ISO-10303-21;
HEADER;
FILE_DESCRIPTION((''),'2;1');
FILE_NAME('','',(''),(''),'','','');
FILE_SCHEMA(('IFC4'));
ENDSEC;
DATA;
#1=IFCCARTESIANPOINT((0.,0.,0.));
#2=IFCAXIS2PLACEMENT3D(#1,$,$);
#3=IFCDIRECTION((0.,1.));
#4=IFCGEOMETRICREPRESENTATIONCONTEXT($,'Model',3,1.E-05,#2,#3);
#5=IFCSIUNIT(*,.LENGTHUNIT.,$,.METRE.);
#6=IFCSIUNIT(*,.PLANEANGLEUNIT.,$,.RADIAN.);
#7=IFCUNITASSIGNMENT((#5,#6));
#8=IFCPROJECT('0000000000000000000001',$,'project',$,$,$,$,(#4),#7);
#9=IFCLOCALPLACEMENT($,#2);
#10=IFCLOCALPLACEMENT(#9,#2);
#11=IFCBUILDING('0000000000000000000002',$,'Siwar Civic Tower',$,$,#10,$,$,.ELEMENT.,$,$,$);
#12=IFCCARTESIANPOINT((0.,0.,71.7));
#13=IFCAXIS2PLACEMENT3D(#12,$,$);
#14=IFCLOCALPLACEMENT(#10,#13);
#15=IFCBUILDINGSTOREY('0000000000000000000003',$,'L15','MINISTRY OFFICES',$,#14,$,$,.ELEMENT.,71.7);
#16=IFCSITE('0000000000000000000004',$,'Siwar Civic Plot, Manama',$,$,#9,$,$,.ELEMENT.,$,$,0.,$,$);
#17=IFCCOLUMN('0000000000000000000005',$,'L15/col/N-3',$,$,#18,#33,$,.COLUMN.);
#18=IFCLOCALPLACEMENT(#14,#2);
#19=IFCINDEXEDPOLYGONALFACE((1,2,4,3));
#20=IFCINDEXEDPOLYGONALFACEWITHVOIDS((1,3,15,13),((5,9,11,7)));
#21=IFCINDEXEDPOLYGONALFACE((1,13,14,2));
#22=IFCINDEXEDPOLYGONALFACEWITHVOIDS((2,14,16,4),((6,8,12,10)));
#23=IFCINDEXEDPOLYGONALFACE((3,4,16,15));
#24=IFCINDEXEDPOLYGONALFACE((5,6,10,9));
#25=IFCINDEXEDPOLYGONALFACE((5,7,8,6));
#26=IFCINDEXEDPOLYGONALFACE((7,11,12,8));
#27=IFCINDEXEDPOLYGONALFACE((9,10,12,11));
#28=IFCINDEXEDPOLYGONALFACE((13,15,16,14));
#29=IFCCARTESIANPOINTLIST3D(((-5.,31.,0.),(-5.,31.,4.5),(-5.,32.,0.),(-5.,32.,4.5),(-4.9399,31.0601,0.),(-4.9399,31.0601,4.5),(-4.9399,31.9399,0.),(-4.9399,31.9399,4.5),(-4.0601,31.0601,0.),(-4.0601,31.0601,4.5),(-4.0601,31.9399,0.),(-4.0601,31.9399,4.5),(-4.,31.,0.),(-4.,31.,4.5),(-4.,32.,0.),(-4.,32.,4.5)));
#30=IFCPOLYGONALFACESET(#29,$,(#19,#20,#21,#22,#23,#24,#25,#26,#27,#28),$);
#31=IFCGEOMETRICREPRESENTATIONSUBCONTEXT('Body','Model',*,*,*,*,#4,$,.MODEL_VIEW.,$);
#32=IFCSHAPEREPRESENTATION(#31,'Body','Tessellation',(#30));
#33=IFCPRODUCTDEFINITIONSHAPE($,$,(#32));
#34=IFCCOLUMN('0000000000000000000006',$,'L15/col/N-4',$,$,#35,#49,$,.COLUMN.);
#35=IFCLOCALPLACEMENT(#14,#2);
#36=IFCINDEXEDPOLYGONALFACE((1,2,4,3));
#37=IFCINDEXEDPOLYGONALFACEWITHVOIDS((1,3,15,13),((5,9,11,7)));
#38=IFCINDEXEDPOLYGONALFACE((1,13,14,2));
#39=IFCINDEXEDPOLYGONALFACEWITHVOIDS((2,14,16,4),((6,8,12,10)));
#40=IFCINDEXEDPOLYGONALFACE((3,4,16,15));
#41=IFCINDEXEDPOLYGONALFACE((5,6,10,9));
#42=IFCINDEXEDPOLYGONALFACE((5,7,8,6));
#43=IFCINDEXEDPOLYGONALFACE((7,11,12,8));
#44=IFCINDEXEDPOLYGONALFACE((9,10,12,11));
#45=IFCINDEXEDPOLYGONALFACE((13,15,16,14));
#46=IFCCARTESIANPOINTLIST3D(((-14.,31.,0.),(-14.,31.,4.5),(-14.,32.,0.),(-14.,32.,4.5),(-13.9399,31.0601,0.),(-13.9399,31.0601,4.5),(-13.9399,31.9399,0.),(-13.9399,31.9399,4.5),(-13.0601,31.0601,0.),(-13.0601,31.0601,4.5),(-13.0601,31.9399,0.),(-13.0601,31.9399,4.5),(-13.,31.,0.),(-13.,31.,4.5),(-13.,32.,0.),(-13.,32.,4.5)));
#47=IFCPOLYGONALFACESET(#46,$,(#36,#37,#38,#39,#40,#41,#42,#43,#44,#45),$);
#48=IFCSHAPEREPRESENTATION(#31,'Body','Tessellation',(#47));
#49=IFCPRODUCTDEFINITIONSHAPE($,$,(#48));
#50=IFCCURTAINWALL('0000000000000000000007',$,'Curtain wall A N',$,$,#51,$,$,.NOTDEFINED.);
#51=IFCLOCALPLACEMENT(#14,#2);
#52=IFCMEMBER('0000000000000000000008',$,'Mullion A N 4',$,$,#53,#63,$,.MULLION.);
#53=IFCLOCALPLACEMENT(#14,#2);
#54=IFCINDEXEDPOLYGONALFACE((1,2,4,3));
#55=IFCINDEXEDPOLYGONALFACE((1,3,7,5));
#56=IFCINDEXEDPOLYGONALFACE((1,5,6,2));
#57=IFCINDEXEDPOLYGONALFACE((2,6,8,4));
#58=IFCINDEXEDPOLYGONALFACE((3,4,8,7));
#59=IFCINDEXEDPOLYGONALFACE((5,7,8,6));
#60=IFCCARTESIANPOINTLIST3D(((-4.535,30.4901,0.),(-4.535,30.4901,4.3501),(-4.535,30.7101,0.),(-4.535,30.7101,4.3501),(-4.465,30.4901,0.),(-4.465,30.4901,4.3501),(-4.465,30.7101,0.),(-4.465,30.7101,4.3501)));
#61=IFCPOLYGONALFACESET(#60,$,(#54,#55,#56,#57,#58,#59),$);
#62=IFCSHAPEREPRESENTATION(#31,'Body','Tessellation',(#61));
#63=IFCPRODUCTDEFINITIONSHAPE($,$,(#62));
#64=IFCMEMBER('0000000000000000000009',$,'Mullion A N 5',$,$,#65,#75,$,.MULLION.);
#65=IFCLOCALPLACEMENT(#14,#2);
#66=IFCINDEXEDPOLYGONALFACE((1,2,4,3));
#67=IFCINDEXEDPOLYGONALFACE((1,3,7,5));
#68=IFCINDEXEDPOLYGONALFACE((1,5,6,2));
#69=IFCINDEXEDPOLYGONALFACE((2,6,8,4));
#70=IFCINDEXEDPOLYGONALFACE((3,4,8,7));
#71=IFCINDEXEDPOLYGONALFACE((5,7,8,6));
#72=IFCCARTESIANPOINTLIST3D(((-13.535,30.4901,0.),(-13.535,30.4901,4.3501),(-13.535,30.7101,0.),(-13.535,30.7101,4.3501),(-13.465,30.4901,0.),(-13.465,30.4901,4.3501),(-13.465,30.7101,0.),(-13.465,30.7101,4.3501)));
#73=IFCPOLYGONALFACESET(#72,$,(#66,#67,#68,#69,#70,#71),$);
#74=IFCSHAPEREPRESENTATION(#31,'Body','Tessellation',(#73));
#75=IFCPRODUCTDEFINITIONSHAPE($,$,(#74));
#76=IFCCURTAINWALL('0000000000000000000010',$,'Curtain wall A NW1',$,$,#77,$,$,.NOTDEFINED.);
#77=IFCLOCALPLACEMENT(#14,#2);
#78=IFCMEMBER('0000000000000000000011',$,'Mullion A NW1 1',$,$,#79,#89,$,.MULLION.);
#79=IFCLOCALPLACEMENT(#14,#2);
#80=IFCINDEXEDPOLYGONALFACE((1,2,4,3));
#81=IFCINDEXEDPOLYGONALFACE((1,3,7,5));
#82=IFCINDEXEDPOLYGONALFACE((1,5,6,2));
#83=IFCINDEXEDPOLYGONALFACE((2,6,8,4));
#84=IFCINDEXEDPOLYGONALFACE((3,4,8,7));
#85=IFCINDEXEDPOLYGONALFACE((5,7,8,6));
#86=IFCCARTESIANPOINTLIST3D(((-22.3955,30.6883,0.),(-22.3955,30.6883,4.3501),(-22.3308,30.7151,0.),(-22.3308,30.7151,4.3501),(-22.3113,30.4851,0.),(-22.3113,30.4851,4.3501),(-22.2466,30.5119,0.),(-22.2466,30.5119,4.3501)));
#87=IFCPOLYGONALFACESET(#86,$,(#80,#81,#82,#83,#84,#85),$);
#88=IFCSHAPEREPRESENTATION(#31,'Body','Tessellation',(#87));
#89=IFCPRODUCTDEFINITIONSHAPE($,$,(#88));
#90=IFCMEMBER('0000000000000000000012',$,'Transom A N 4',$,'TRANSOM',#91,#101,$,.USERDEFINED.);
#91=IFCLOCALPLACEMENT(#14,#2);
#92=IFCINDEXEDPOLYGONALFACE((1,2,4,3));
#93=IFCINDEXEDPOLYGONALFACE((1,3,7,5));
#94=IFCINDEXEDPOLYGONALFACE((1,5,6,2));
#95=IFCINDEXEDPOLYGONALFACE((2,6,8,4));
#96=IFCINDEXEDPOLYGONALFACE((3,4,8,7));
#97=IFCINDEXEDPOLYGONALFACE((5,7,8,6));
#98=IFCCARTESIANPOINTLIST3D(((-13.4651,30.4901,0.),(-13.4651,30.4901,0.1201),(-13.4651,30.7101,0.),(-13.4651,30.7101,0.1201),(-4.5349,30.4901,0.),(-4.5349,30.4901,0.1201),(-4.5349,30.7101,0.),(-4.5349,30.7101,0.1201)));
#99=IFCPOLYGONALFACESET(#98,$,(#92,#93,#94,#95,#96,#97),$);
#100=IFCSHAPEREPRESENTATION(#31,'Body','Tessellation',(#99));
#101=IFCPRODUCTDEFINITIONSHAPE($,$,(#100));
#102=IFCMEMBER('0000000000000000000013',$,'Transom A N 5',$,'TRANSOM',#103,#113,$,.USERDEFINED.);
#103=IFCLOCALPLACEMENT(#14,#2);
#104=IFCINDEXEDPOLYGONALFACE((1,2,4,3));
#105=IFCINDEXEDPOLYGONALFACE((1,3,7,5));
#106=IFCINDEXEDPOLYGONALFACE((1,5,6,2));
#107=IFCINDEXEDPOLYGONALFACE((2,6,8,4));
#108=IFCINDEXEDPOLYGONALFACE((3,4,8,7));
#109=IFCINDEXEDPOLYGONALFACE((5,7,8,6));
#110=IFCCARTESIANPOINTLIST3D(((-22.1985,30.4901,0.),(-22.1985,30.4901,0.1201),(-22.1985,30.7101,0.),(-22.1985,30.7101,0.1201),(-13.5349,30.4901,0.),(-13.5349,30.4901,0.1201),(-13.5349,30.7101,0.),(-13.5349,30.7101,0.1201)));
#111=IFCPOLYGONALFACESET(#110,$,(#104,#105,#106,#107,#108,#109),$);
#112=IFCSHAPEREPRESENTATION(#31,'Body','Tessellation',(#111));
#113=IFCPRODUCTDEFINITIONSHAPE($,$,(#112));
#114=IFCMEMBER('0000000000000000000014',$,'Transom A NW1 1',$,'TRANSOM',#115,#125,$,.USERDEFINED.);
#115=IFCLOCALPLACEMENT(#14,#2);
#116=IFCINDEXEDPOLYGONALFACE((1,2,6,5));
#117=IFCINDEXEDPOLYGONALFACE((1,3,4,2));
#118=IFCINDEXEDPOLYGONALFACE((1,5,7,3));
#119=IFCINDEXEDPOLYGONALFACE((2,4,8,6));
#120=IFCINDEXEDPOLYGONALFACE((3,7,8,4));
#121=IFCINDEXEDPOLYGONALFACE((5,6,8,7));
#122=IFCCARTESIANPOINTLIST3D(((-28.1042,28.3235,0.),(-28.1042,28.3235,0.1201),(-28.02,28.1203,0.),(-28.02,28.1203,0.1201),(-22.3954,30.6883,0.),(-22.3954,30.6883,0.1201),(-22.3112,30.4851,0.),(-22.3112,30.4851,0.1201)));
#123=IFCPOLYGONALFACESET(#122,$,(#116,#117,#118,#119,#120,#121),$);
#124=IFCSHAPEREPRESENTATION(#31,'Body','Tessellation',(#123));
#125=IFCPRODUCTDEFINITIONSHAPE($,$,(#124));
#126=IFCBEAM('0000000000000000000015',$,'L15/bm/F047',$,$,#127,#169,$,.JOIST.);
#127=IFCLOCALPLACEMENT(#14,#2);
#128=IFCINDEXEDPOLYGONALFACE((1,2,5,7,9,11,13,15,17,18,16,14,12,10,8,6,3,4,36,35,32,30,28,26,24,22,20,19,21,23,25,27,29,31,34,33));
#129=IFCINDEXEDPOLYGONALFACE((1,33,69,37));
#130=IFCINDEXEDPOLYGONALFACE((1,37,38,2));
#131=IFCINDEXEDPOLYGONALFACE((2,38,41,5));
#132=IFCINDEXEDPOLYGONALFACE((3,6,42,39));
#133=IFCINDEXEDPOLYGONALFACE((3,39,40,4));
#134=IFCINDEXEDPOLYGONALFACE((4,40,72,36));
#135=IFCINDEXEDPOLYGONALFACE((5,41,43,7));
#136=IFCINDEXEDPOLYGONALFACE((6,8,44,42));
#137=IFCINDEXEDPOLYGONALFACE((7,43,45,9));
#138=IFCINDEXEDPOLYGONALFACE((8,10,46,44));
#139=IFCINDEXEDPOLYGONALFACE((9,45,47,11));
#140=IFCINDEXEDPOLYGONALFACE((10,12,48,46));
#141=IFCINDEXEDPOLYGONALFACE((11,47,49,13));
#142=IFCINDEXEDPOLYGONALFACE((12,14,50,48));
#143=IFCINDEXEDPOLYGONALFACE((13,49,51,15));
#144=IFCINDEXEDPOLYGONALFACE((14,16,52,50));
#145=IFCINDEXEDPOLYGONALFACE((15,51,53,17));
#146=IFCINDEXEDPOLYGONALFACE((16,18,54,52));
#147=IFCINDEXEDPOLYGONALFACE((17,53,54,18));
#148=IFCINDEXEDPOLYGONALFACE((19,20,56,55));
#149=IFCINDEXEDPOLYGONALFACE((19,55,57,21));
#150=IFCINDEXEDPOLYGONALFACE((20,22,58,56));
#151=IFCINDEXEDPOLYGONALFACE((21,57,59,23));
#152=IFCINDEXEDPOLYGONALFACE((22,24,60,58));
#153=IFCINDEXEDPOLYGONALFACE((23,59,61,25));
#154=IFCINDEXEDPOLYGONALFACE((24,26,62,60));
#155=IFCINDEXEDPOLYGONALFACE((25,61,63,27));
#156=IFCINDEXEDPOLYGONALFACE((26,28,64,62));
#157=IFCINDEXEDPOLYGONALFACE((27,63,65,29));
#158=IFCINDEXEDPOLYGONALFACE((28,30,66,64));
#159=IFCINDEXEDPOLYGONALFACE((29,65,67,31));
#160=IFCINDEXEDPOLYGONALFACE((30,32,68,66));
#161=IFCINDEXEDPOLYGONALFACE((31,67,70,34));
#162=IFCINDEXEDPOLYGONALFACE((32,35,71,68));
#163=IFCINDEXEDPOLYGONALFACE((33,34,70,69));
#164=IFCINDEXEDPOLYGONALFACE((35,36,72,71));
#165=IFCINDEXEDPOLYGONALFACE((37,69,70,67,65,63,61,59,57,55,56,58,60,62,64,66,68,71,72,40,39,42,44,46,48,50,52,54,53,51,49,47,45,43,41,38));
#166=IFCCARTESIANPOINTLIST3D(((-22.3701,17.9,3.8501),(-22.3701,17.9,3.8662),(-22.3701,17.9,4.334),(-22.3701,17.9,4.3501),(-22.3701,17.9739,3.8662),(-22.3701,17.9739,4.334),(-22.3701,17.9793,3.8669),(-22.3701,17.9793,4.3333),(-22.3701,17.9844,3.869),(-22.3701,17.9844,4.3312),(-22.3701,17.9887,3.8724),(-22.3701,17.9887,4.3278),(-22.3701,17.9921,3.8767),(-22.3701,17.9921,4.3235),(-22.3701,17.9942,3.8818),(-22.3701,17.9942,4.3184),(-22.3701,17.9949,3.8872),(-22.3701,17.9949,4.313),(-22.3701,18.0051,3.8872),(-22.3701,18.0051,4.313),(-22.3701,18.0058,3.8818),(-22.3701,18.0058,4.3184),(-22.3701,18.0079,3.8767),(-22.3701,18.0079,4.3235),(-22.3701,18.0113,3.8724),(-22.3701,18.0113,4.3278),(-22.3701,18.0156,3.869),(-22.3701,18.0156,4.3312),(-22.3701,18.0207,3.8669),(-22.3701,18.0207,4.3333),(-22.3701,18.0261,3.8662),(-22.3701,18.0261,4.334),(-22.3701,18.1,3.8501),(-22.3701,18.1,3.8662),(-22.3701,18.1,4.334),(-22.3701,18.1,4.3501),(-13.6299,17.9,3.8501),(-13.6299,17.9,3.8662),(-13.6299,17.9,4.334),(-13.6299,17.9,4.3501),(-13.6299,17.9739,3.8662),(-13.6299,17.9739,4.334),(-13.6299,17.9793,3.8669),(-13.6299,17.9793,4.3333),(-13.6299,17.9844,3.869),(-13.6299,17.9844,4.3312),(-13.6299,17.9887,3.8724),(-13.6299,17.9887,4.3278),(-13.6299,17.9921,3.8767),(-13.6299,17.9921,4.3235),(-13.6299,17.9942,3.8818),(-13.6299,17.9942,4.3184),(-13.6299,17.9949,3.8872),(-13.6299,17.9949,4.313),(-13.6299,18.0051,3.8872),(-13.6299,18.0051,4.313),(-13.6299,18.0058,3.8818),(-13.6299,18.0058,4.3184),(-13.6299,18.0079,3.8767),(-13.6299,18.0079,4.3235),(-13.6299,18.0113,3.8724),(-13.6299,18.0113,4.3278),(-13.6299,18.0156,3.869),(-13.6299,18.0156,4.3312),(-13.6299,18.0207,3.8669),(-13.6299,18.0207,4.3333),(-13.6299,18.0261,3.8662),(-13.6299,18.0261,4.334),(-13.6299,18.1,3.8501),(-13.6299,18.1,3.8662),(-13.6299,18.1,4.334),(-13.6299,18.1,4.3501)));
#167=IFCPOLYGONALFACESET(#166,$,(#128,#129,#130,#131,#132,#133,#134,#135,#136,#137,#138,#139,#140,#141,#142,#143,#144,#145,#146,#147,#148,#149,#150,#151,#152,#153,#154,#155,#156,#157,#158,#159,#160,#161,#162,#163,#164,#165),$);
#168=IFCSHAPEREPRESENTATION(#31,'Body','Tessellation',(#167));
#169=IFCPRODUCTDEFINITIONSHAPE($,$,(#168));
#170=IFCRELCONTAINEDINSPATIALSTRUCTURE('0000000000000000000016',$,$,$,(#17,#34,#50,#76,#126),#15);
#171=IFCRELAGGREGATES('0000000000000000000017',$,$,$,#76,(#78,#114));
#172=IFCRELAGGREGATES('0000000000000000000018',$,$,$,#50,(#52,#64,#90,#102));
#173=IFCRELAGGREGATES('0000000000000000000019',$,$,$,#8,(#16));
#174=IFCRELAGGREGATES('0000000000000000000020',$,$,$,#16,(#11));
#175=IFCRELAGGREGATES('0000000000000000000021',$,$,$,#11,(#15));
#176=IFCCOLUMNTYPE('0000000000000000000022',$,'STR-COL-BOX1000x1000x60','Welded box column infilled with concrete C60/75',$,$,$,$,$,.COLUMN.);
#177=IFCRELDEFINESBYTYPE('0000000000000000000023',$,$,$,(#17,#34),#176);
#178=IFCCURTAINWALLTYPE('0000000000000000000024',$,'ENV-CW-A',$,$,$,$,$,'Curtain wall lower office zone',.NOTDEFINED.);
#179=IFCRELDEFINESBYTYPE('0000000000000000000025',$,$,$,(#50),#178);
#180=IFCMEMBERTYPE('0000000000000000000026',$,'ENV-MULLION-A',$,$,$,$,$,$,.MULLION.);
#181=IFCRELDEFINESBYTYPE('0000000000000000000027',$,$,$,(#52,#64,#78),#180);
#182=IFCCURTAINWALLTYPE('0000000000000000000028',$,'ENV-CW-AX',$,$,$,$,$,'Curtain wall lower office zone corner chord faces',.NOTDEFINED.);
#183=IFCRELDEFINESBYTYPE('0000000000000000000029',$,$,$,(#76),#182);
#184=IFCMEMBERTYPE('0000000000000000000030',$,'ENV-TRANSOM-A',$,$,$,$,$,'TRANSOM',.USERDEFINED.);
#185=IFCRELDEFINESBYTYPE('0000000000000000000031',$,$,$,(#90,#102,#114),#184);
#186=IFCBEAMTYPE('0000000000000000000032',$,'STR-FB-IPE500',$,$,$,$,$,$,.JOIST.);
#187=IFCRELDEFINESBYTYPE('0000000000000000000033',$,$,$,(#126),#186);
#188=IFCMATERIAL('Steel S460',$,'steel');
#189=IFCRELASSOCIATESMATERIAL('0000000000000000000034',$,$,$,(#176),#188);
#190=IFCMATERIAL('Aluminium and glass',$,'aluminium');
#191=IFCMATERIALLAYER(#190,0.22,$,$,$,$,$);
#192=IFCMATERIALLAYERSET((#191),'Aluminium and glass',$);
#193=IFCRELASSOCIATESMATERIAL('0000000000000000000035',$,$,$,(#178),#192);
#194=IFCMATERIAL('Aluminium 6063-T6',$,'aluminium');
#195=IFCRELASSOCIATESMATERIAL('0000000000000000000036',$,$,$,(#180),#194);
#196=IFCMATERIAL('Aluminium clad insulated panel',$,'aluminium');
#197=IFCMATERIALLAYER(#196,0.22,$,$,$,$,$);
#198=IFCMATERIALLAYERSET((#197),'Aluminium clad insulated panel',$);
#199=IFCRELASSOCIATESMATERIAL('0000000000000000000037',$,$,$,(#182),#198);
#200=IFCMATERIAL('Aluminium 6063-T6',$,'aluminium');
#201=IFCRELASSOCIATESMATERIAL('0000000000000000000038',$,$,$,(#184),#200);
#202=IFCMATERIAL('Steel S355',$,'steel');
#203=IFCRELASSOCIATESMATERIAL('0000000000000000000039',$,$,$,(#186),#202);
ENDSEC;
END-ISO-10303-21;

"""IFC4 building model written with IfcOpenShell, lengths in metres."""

from ifc_helpers import new_model, si_unit, direction, frame, origin, origin_2d, place, context, subcontext, project, spatial, rectangle, hollow_rectangle, i_section, extrude, material, layer, layer_set, material_profile, profile_set, type_object, element, aggregate, save


model = new_model("IFC4")

# Units and contexts
model_context = context("Model", 3, precision=1e-05, world=origin(), true_north=direction((0.0, 1.0)))
body_context = subcontext(model_context, "Body", "Model", "MODEL_VIEW")
ifc_project = project(units=[si_unit("LENGTHUNIT", "METRE"), si_unit("PLANEANGLEUNIT", "RADIAN")], contexts=[model_context])

# Site, building, storey
site_placement = place(None, origin())
site = spatial("IfcSite", under=ifc_project, at=site_placement, Name="Siwar Civic Plot, Manama", CompositionType="ELEMENT", RefElevation=0.0)
building_placement = place(site_placement, origin())
building = spatial("IfcBuilding", under=site, at=building_placement, Name="Siwar Civic Tower", CompositionType="ELEMENT")
storey_placement = place(building_placement, frame((0.0, 0.0, 71.7)))
storey = spatial("IfcBuildingStorey", under=building, at=storey_placement, Name="L15", Description="MINISTRY OFFICES", CompositionType="ELEMENT", Elevation=71.7)

# Columns
ifc_material_1 = material(Name="Steel S460", Category="steel")
ifc_material_profile_1 = material_profile(ifc_material_1, hollow_rectangle(XDim=1.0, YDim=1.0, WallThickness=0.0601, at=origin_2d()), Name="BOX1000x1000x60")
ifc_profile_set_1 = profile_set([ifc_material_profile_1], Name="Steel S460")
column_type = type_object("IfcColumnType", Name="STR-COL-BOX1000x1000x60", Description="Welded box column infilled with concrete C60/75", PredefinedType="COLUMN", material=ifc_profile_set_1)
for number, where, z_axis, x_axis, name in (
    (1, (-4.5, 31.5, 0.0), (0.0, 0.0, 1.0), (1.0, 0.0, 0.0), "L15/col/N-3"),
    (2, (-13.5, 31.5, 0.0), (0.0, 0.0, 1.0), (1.0, 0.0, 0.0), "L15/col/N-4"),
):
    element("IfcColumn", number, at=place(storey_placement, frame(where, z_axis=z_axis, x_axis=x_axis)), inside=storey, type_object=column_type, Name=name, PredefinedType="COLUMN", context=body_context, shape_type="SweptSolid", body=[
        extrude(hollow_rectangle(XDim=1.0, YDim=1.0, WallThickness=0.0601, at=origin_2d()), origin(), (0.0, 0.0, 1.0), 4.5),
    ])

# Curtain wall, members
ifc_material_2 = material(Name="Aluminium and glass", Category="aluminium")
ifc_layer_1 = layer(ifc_material_2, 0.22)
ifc_layer_set_1 = layer_set([ifc_layer_1], Name="Aluminium and glass")
curtain_wall_type_1 = type_object("IfcCurtainWallType", Name="ENV-CW-A", ElementType="Curtain wall lower office zone", PredefinedType="NOTDEFINED", material=ifc_layer_set_1)
curtain_wall_1_placement = place(storey_placement, origin())
curtain_wall_1 = element("IfcCurtainWall", 3, at=curtain_wall_1_placement, inside=storey, type_object=curtain_wall_type_1, Name="Curtain wall A N", PredefinedType="NOTDEFINED")
ifc_material_3 = material(Name="Aluminium 6063-T6", Category="aluminium")
ifc_material_profile_2 = material_profile(ifc_material_3, rectangle(XDim=0.22, YDim=0.0701, at=origin_2d()), Name="AL 220x70")
ifc_profile_set_2 = profile_set([ifc_material_profile_2], Name="Aluminium 6063-T6")
member_type_1 = type_object("IfcMemberType", Name="ENV-MULLION-A", PredefinedType="MULLION", material=ifc_profile_set_2)
member_1_placement = place(storey_placement, frame((-4.5, 30.6001, 0.0), z_axis=(0.0, 0.0, 1.0), x_axis=(0.0, -1.0, 0.0)))
member_1 = element("IfcMember", 4, at=member_1_placement, type_object=member_type_1, Name="Mullion A N 4", PredefinedType="MULLION", context=body_context, shape_type="SweptSolid", body=[
    extrude(rectangle(XDim=0.22, YDim=0.0701, at=origin_2d()), origin(), (0.0, 0.0, 1.0), 4.3501),
])
member_2_placement = place(storey_placement, frame((-13.5, 30.6001, 0.0), z_axis=(0.0, 0.0, 1.0), x_axis=(0.0, -1.0, 0.0)))
member_2 = element("IfcMember", 5, at=member_2_placement, type_object=member_type_1, Name="Mullion A N 5", PredefinedType="MULLION", context=body_context, shape_type="SweptSolid", body=[
    extrude(rectangle(XDim=0.22, YDim=0.0701, at=origin_2d()), origin(), (0.0, 0.0, 1.0), 4.3501),
])

# Curtain wall, member
ifc_material_4 = material(Name="Aluminium clad insulated panel", Category="aluminium")
ifc_layer_2 = layer(ifc_material_4, 0.22)
ifc_layer_set_2 = layer_set([ifc_layer_2], Name="Aluminium clad insulated panel")
curtain_wall_type_2 = type_object("IfcCurtainWallType", Name="ENV-CW-AX", ElementType="Curtain wall lower office zone corner chord faces", PredefinedType="NOTDEFINED", material=ifc_layer_set_2)
curtain_wall_2_placement = place(storey_placement, origin())
curtain_wall_2 = element("IfcCurtainWall", 6, at=curtain_wall_2_placement, inside=storey, type_object=curtain_wall_type_2, Name="Curtain wall A NW1", PredefinedType="NOTDEFINED")
member_3_placement = place(storey_placement, frame((-22.321, 30.6001, 0.0), z_axis=(0.0, 0.0, 1.0), x_axis=(0.382683, -0.92388, 0.0)))
member_3 = element("IfcMember", 7, at=member_3_placement, type_object=member_type_1, Name="Mullion A NW1 1", PredefinedType="MULLION", context=body_context, shape_type="SweptSolid", body=[
    extrude(rectangle(XDim=0.22, YDim=0.0701, at=origin_2d()), origin(), (0.0, 0.0, 1.0), 4.3501),
])

# Members
ifc_material_5 = material(Name="Aluminium 6063-T6", Category="aluminium")
ifc_material_profile_3 = material_profile(ifc_material_5, rectangle(XDim=0.22, YDim=0.1201, at=origin_2d()), Name="AL 220x120")
ifc_profile_set_3 = profile_set([ifc_material_profile_3], Name="Aluminium 6063-T6")
member_type_2 = type_object("IfcMemberType", Name="ENV-TRANSOM-A", ElementType="TRANSOM", PredefinedType="USERDEFINED", material=ifc_profile_set_3)
member_4_placement = place(storey_placement, frame((-4.5349, 30.6001, 0.0601), z_axis=(-1.0, 0.0, 0.0), x_axis=(0.0, -1.0, 0.0)))
member_4 = element("IfcMember", 8, at=member_4_placement, type_object=member_type_2, Name="Transom A N 4", ObjectType="TRANSOM", PredefinedType="USERDEFINED", context=body_context, shape_type="SweptSolid", body=[
    extrude(rectangle(XDim=0.22, YDim=0.1201, at=origin_2d()), origin(), (0.0, 0.0, 1.0), 8.9302),
])
member_5_placement = place(storey_placement, frame((-13.5349, 30.6001, 0.0601), z_axis=(-1.0, 0.0, 0.0), x_axis=(0.0, -1.0, 0.0)))
member_5 = element("IfcMember", 9, at=member_5_placement, type_object=member_type_2, Name="Transom A N 5", ObjectType="TRANSOM", PredefinedType="USERDEFINED", context=body_context, shape_type="SweptSolid", body=[
    extrude(rectangle(XDim=0.22, YDim=0.1201, at=origin_2d()), origin(), (0.0, 0.0, 1.0), 8.6636),
])
member_6_placement = place(storey_placement, frame((-22.3533, 30.5867, 0.0601), z_axis=(-0.923873, -0.382698, 0.0), x_axis=(0.382698, -0.923873, 0.0)))
member_6 = element("IfcMember", 10, at=member_6_placement, type_object=member_type_2, Name="Transom A NW1 1", ObjectType="TRANSOM", PredefinedType="USERDEFINED", context=body_context, shape_type="SweptSolid", body=[
    extrude(rectangle(XDim=0.22, YDim=0.1201, at=origin_2d()), origin(), (0.0, 0.0, 1.0), 6.1792),
])
aggregate(curtain_wall_2, [member_3, member_6])

# Beam
ifc_material_6 = material(Name="Steel S355", Category="steel")
ifc_material_profile_4 = material_profile(ifc_material_6, i_section(OverallWidth=0.2, OverallDepth=0.5, WebThickness=0.0103, FlangeThickness=0.0161, FilletRadius=0.021, at=origin_2d()), Name="IPE500")
ifc_profile_set_4 = profile_set([ifc_material_profile_4], Name="Steel S355")
beam_type_1 = type_object("IfcBeamType", Name="STR-FB-IPE500", PredefinedType="JOIST", material=ifc_profile_set_4)
for number, where, z_axis, x_axis, name in (
    (11, (-22.3701, 18.0, 4.1001), (1.0, 0.0, 0.0), (0.0, 1.0, 0.0), "L15/bm/F047"),
):
    element("IfcBeam", number, at=place(storey_placement, frame(where, z_axis=z_axis, x_axis=x_axis)), inside=storey, type_object=beam_type_1, Name=name, PredefinedType="JOIST", context=body_context, shape_type="SweptSolid", body=[
        extrude(i_section(OverallWidth=0.2, OverallDepth=0.5, WebThickness=0.0103, FlangeThickness=0.0161, FilletRadius=0.021, at=origin_2d()), origin(), (0.0, 0.0, 1.0), 8.7402),
    ])

aggregate(curtain_wall_1, [member_1, member_2, member_4, member_5])

save(model, "model.ifc")
